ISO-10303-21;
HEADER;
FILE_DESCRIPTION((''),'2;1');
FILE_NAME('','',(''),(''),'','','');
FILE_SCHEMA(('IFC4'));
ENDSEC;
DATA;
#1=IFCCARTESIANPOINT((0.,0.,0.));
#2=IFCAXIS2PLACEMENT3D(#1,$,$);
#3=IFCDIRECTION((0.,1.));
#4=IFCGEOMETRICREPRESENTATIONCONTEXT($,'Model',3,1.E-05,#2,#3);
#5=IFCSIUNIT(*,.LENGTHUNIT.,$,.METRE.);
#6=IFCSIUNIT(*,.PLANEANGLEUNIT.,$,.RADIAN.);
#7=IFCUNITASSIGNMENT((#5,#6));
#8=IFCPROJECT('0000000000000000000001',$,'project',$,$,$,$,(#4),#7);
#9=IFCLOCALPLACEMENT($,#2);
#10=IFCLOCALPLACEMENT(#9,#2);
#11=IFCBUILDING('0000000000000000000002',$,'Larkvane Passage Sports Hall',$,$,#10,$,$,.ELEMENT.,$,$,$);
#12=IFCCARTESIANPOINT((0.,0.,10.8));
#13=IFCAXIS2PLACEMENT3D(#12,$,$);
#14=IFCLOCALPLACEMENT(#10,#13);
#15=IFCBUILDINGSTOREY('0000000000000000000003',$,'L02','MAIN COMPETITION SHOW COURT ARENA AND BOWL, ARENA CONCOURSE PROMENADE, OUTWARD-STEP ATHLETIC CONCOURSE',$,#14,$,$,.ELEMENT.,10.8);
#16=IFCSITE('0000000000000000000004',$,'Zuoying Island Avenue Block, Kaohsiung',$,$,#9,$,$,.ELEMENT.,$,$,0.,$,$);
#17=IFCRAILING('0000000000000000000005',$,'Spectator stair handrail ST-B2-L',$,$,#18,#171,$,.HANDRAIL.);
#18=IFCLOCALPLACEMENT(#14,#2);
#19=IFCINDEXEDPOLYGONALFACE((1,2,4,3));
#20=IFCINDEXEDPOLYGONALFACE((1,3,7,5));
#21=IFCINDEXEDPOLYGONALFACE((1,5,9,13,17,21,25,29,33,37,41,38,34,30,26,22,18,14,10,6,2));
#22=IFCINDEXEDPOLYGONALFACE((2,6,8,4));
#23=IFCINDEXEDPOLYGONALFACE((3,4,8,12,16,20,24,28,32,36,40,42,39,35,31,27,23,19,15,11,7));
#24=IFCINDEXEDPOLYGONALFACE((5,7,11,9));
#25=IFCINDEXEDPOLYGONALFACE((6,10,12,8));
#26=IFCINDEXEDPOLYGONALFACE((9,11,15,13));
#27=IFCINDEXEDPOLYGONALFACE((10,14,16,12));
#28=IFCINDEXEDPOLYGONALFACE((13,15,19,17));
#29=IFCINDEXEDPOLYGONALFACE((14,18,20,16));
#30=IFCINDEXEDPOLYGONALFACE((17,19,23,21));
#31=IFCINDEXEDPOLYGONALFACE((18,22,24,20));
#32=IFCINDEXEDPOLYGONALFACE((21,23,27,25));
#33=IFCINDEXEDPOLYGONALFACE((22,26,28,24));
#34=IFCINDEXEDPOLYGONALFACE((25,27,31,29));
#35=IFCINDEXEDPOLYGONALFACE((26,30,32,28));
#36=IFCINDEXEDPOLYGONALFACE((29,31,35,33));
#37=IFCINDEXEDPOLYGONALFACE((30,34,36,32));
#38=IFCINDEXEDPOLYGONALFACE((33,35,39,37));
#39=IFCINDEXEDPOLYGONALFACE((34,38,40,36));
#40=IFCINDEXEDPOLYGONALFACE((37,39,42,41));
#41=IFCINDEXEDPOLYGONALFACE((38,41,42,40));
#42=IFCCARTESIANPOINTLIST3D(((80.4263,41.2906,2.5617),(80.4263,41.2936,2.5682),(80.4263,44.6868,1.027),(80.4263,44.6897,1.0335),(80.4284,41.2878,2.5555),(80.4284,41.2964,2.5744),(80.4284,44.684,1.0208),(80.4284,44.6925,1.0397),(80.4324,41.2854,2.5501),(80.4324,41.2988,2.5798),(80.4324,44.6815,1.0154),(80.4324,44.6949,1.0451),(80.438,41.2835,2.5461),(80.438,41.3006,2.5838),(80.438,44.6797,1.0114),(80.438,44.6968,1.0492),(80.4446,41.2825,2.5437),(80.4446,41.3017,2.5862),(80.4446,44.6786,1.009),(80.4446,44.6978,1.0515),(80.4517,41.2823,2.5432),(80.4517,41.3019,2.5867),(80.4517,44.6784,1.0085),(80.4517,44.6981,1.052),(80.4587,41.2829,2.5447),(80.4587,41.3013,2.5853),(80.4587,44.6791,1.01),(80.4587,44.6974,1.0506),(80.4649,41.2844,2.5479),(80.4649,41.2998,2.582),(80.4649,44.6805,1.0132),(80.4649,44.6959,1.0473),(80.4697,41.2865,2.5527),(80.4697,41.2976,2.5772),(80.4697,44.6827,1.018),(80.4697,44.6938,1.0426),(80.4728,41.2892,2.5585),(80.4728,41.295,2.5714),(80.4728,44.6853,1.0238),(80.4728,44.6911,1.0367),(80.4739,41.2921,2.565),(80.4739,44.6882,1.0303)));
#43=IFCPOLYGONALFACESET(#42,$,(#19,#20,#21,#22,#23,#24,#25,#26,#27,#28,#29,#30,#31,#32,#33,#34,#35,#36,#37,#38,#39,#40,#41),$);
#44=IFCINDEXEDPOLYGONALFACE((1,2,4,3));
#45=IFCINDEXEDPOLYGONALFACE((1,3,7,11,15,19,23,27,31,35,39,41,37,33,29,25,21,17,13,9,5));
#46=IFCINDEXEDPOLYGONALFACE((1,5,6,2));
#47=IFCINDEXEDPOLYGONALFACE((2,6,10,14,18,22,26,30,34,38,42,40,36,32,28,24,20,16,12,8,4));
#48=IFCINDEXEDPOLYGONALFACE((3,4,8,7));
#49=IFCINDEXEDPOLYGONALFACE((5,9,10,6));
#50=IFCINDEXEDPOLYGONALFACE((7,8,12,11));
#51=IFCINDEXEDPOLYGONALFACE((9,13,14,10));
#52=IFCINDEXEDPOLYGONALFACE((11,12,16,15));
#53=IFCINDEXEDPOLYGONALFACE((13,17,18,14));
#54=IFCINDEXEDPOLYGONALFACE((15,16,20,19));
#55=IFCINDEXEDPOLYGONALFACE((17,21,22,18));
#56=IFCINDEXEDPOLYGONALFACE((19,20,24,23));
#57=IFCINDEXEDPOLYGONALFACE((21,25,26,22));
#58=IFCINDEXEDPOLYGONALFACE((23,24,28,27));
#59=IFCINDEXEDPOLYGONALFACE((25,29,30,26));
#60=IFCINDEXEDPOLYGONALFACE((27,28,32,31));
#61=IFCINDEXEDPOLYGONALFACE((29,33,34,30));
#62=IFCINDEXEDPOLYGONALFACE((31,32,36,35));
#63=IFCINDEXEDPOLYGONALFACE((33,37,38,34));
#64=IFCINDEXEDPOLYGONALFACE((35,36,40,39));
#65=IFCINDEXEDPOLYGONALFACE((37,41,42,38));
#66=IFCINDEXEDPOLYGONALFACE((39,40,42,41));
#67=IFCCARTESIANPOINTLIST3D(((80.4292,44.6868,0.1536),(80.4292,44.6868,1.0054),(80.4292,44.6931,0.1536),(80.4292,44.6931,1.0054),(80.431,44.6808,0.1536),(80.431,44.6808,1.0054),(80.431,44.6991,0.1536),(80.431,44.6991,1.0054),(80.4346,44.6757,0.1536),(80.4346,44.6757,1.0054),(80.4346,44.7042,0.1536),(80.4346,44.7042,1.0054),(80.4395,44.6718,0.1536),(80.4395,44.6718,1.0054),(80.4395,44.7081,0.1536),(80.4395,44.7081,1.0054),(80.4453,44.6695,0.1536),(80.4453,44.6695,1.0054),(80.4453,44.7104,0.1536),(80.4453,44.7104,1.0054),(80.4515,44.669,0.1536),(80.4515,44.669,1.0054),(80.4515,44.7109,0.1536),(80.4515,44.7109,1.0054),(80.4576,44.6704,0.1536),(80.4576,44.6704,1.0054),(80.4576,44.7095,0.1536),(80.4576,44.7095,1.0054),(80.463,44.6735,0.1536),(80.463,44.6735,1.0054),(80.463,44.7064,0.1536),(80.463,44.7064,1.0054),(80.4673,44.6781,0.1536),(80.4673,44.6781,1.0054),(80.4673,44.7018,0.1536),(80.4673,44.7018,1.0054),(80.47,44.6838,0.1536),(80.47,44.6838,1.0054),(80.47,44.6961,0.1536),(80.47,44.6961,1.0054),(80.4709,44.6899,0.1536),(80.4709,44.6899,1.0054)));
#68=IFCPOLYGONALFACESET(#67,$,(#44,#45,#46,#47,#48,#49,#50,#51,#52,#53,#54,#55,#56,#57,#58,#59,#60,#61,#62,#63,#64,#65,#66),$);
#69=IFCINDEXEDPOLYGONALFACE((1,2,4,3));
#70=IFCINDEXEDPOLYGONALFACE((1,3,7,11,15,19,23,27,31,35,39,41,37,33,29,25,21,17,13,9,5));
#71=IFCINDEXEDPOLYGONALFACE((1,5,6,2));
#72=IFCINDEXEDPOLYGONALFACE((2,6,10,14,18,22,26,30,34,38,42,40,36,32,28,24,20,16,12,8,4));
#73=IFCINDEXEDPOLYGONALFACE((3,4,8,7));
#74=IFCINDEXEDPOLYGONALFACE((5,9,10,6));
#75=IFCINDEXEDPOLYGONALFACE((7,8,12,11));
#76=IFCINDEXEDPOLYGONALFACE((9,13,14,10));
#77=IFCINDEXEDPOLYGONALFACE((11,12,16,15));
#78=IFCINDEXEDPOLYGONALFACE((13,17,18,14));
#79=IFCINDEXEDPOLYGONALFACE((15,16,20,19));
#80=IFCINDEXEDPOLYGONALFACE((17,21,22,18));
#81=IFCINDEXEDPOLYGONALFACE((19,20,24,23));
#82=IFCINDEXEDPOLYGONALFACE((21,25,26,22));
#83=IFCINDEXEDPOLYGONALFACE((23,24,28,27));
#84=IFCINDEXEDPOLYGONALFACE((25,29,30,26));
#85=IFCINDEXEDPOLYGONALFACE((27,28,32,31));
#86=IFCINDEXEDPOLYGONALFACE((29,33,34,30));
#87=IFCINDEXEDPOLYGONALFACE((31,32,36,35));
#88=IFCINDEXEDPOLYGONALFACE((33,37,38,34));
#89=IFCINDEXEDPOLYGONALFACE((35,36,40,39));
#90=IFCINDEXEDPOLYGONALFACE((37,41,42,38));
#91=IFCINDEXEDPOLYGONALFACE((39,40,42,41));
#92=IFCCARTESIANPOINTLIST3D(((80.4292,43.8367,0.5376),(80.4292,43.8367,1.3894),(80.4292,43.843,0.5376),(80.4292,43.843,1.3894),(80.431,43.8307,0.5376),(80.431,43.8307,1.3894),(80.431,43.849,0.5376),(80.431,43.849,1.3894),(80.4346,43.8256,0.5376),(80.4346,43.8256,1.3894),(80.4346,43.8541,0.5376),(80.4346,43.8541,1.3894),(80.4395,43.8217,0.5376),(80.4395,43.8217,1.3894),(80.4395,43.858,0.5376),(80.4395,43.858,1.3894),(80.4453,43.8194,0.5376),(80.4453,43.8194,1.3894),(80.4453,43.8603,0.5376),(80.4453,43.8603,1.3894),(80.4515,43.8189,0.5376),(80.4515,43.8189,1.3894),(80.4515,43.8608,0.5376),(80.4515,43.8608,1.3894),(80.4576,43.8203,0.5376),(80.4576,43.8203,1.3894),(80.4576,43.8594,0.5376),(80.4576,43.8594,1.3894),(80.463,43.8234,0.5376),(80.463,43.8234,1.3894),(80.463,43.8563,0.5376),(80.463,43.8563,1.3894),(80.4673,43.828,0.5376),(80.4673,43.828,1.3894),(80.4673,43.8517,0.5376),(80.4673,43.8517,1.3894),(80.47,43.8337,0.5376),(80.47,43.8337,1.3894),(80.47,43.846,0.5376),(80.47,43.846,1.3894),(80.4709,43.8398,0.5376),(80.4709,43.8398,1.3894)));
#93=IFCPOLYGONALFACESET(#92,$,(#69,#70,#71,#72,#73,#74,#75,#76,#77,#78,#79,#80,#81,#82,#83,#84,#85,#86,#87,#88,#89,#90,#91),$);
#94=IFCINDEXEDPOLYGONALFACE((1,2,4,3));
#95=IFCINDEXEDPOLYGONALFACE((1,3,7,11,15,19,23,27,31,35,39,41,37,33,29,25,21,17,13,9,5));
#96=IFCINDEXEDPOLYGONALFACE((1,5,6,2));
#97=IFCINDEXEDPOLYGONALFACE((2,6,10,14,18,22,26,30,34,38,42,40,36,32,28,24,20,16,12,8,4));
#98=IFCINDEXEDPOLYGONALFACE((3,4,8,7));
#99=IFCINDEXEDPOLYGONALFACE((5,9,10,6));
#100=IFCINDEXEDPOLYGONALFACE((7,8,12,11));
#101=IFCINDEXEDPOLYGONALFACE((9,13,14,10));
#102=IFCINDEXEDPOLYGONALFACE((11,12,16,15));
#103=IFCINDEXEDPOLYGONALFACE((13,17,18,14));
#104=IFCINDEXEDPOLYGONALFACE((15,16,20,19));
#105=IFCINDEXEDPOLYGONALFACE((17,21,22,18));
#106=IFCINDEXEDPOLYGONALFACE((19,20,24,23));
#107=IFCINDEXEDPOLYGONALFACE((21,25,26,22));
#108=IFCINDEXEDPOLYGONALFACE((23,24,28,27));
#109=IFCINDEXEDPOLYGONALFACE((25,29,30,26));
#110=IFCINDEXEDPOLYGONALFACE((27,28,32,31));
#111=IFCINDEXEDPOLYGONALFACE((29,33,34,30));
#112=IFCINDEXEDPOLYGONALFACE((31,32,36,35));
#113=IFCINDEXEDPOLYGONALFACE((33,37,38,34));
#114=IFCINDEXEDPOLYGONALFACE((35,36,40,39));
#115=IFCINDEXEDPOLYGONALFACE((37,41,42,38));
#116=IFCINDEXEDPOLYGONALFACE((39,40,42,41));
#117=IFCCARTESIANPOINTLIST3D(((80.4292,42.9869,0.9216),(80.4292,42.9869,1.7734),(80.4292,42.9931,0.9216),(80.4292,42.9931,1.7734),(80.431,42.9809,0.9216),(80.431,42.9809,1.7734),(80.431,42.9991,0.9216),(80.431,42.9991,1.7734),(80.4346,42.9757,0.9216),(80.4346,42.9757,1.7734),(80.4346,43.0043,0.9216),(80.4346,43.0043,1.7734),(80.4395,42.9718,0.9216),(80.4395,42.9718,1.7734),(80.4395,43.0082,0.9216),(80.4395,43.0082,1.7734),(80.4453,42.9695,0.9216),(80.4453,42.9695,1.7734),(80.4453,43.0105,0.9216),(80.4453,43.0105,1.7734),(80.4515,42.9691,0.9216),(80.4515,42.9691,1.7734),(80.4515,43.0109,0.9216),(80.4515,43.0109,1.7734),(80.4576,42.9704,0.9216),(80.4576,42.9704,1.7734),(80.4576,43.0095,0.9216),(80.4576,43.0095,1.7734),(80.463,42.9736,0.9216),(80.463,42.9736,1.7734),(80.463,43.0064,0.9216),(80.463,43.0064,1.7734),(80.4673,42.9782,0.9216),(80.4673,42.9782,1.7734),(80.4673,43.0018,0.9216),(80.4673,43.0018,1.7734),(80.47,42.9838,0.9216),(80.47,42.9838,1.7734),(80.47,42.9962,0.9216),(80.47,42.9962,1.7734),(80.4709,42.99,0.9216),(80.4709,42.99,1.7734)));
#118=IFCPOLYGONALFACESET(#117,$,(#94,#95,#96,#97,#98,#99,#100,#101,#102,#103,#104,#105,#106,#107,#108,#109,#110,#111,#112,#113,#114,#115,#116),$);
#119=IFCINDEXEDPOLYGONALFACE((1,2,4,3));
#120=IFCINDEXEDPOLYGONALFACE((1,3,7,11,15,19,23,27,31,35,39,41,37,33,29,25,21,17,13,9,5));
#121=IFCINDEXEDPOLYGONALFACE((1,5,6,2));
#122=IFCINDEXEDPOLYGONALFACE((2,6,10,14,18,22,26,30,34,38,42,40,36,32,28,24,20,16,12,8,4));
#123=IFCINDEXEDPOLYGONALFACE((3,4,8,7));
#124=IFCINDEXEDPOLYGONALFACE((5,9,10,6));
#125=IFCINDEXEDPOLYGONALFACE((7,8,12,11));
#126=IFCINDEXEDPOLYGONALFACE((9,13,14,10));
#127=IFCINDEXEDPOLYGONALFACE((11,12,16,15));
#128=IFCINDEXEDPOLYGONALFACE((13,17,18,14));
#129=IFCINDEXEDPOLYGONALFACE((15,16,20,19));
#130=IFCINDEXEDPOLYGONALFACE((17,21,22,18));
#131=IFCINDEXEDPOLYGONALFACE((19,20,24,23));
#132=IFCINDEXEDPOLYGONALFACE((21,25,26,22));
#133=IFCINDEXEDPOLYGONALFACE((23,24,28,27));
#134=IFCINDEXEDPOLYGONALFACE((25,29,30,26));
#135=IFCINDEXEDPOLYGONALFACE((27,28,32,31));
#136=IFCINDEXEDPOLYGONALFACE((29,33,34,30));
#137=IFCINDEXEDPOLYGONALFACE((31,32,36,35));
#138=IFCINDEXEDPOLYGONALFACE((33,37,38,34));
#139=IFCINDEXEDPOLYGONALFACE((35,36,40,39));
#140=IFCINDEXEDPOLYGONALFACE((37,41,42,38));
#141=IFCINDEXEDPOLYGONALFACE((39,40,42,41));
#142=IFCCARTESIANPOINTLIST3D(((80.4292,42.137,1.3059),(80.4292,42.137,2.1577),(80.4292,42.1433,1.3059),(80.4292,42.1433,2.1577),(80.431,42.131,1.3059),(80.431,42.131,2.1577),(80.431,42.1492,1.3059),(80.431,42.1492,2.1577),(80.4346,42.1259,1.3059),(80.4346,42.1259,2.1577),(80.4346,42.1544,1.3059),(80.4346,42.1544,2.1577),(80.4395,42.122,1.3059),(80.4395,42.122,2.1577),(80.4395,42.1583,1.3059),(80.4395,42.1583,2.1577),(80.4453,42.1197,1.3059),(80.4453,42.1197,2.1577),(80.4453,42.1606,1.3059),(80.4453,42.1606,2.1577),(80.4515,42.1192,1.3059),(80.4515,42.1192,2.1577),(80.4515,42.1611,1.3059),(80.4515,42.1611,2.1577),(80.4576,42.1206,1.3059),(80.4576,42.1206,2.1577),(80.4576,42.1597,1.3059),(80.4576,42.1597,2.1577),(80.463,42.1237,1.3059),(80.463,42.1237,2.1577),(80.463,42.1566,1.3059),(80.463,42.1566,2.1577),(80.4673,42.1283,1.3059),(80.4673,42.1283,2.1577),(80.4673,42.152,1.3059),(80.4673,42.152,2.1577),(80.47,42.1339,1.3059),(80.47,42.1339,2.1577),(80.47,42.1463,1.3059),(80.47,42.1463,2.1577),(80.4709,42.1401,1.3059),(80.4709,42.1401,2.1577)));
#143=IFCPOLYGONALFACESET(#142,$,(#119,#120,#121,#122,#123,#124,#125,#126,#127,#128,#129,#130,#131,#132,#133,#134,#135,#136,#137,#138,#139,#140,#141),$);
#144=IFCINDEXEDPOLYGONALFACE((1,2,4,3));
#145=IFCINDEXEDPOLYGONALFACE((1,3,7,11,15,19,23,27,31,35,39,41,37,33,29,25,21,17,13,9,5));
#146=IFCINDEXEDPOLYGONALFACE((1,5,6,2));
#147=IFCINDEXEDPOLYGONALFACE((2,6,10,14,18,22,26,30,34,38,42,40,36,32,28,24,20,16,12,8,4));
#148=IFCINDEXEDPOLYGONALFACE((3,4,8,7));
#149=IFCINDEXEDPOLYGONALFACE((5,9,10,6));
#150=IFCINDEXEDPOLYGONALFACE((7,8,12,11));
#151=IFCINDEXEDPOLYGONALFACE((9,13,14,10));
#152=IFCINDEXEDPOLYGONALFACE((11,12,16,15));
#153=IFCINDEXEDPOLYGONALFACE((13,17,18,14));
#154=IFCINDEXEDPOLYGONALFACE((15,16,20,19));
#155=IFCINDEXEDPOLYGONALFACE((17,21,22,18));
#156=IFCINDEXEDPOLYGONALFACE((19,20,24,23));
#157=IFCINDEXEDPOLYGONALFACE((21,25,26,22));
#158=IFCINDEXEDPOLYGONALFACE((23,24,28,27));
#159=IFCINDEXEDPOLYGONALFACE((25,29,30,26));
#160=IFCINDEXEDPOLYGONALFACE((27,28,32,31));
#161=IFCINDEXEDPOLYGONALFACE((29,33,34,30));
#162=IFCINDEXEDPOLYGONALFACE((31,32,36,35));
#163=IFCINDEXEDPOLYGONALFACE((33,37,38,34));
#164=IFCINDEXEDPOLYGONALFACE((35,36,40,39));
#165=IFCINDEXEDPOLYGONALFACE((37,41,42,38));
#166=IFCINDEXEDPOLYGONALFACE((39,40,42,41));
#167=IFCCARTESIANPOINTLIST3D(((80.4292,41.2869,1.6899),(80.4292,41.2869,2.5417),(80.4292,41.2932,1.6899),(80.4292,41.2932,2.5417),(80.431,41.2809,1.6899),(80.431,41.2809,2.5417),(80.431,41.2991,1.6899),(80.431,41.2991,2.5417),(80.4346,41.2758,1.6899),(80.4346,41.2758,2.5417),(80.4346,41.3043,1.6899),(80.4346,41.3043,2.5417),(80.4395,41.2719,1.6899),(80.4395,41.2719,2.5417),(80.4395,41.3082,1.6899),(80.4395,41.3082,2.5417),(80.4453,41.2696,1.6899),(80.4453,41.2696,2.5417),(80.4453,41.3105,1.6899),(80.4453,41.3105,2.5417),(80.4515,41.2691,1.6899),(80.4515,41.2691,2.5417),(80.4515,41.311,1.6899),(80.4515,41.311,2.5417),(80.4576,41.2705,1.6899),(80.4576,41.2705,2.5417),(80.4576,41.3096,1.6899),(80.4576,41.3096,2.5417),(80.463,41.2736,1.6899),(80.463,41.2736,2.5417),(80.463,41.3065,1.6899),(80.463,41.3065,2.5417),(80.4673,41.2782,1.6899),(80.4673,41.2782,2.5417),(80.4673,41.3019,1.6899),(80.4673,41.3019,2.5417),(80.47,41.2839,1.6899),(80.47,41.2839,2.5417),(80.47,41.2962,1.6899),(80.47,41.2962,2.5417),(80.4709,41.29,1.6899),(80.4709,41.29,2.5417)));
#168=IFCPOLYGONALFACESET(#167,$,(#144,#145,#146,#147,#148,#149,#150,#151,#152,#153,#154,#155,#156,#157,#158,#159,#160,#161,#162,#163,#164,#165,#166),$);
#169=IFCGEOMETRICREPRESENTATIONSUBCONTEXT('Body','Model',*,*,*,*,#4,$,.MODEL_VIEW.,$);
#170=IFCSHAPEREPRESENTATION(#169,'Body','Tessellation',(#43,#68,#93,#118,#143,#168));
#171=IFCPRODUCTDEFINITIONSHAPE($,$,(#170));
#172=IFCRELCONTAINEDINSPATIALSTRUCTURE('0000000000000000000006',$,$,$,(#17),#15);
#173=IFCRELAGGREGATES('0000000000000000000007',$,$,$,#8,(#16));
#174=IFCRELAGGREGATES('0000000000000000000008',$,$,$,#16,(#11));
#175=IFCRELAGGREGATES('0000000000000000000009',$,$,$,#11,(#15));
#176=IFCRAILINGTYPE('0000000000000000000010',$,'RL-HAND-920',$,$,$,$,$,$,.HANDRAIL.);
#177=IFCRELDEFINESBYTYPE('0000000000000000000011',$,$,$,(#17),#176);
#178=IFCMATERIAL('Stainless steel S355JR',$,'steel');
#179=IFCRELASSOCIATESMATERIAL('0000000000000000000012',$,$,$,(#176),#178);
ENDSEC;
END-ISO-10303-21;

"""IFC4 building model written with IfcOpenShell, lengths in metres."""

from ifc_helpers import new_model, si_unit, direction, frame, origin, origin_2d, place, context, subcontext, project, spatial, circle, extrude, material, type_object, element, save


model = new_model("IFC4")

# Units and contexts
model_context = context("Model", 3, precision=1e-05, world=origin(), true_north=direction((0.0, 1.0)))
body_context = subcontext(model_context, "Body", "Model", "MODEL_VIEW")
ifc_project = project(units=[si_unit("LENGTHUNIT", "METRE"), si_unit("PLANEANGLEUNIT", "RADIAN")], contexts=[model_context])

# Site, building, storey
site_placement = place(None, origin())
site = spatial("IfcSite", under=ifc_project, at=site_placement, Name="Zuoying Island Avenue Block, Kaohsiung", CompositionType="ELEMENT", RefElevation=0.0)
building_placement = place(site_placement, origin())
building = spatial("IfcBuilding", under=site, at=building_placement, Name="Larkvane Passage Sports Hall", CompositionType="ELEMENT")
storey_placement = place(building_placement, frame((0.0, 0.0, 10.8)))
storey = spatial("IfcBuildingStorey", under=building, at=storey_placement, Name="L02", Description="MAIN COMPETITION SHOW COURT ARENA AND BOWL, ARENA CONCOURSE PROMENADE, OUTWARD-STEP ATHLETIC CONCOURSE", CompositionType="ELEMENT", Elevation=10.8)

# Railing
ifc_material_1 = material(Name="Stainless steel S355JR", Category="steel")
railing_type_1 = type_object("IfcRailingType", Name="RL-HAND-920", PredefinedType="HANDRAIL", material=ifc_material_1)
for number, where, name in (
    (1, (80.45, 44.6899, 0.1536), "Spectator stair handrail ST-B2-L"),
):
    element("IfcRailing", number, at=place(storey_placement, frame(where)), inside=storey, type_object=railing_type_1, Name=name, PredefinedType="HANDRAIL", context=body_context, shape_type="SweptSolid", body=[
        extrude(circle(Radius=0.0239, at=origin_2d()), frame((0.0, -0.0017, 0.8767), z_axis=(0.0, -0.911276, 0.411795), x_axis=(1.0, 0.0, 0.0)), (0.0, 0.0, 1.0), 3.7268),
        extrude(circle(Radius=0.021, at=origin_2d()), origin(), (0.0, 0.0, 1.0), 0.8518),
        extrude(circle(Radius=0.021, at=origin_2d()), frame((0.0, -0.8501, 0.384)), (0.0, 0.0, 1.0), 0.8518),
        extrude(circle(Radius=0.021, at=origin_2d()), frame((0.0, -1.7, 0.7681)), (0.0, 0.0, 1.0), 0.8518),
        extrude(circle(Radius=0.021, at=origin_2d()), frame((0.0, -2.5498, 1.1523)), (0.0, 0.0, 1.0), 0.8518),
        extrude(circle(Radius=0.021, at=origin_2d()), frame((0.0, -3.3999, 1.5364)), (0.0, 0.0, 1.0), 0.8518),
    ])

save(model, "model.ifc")
